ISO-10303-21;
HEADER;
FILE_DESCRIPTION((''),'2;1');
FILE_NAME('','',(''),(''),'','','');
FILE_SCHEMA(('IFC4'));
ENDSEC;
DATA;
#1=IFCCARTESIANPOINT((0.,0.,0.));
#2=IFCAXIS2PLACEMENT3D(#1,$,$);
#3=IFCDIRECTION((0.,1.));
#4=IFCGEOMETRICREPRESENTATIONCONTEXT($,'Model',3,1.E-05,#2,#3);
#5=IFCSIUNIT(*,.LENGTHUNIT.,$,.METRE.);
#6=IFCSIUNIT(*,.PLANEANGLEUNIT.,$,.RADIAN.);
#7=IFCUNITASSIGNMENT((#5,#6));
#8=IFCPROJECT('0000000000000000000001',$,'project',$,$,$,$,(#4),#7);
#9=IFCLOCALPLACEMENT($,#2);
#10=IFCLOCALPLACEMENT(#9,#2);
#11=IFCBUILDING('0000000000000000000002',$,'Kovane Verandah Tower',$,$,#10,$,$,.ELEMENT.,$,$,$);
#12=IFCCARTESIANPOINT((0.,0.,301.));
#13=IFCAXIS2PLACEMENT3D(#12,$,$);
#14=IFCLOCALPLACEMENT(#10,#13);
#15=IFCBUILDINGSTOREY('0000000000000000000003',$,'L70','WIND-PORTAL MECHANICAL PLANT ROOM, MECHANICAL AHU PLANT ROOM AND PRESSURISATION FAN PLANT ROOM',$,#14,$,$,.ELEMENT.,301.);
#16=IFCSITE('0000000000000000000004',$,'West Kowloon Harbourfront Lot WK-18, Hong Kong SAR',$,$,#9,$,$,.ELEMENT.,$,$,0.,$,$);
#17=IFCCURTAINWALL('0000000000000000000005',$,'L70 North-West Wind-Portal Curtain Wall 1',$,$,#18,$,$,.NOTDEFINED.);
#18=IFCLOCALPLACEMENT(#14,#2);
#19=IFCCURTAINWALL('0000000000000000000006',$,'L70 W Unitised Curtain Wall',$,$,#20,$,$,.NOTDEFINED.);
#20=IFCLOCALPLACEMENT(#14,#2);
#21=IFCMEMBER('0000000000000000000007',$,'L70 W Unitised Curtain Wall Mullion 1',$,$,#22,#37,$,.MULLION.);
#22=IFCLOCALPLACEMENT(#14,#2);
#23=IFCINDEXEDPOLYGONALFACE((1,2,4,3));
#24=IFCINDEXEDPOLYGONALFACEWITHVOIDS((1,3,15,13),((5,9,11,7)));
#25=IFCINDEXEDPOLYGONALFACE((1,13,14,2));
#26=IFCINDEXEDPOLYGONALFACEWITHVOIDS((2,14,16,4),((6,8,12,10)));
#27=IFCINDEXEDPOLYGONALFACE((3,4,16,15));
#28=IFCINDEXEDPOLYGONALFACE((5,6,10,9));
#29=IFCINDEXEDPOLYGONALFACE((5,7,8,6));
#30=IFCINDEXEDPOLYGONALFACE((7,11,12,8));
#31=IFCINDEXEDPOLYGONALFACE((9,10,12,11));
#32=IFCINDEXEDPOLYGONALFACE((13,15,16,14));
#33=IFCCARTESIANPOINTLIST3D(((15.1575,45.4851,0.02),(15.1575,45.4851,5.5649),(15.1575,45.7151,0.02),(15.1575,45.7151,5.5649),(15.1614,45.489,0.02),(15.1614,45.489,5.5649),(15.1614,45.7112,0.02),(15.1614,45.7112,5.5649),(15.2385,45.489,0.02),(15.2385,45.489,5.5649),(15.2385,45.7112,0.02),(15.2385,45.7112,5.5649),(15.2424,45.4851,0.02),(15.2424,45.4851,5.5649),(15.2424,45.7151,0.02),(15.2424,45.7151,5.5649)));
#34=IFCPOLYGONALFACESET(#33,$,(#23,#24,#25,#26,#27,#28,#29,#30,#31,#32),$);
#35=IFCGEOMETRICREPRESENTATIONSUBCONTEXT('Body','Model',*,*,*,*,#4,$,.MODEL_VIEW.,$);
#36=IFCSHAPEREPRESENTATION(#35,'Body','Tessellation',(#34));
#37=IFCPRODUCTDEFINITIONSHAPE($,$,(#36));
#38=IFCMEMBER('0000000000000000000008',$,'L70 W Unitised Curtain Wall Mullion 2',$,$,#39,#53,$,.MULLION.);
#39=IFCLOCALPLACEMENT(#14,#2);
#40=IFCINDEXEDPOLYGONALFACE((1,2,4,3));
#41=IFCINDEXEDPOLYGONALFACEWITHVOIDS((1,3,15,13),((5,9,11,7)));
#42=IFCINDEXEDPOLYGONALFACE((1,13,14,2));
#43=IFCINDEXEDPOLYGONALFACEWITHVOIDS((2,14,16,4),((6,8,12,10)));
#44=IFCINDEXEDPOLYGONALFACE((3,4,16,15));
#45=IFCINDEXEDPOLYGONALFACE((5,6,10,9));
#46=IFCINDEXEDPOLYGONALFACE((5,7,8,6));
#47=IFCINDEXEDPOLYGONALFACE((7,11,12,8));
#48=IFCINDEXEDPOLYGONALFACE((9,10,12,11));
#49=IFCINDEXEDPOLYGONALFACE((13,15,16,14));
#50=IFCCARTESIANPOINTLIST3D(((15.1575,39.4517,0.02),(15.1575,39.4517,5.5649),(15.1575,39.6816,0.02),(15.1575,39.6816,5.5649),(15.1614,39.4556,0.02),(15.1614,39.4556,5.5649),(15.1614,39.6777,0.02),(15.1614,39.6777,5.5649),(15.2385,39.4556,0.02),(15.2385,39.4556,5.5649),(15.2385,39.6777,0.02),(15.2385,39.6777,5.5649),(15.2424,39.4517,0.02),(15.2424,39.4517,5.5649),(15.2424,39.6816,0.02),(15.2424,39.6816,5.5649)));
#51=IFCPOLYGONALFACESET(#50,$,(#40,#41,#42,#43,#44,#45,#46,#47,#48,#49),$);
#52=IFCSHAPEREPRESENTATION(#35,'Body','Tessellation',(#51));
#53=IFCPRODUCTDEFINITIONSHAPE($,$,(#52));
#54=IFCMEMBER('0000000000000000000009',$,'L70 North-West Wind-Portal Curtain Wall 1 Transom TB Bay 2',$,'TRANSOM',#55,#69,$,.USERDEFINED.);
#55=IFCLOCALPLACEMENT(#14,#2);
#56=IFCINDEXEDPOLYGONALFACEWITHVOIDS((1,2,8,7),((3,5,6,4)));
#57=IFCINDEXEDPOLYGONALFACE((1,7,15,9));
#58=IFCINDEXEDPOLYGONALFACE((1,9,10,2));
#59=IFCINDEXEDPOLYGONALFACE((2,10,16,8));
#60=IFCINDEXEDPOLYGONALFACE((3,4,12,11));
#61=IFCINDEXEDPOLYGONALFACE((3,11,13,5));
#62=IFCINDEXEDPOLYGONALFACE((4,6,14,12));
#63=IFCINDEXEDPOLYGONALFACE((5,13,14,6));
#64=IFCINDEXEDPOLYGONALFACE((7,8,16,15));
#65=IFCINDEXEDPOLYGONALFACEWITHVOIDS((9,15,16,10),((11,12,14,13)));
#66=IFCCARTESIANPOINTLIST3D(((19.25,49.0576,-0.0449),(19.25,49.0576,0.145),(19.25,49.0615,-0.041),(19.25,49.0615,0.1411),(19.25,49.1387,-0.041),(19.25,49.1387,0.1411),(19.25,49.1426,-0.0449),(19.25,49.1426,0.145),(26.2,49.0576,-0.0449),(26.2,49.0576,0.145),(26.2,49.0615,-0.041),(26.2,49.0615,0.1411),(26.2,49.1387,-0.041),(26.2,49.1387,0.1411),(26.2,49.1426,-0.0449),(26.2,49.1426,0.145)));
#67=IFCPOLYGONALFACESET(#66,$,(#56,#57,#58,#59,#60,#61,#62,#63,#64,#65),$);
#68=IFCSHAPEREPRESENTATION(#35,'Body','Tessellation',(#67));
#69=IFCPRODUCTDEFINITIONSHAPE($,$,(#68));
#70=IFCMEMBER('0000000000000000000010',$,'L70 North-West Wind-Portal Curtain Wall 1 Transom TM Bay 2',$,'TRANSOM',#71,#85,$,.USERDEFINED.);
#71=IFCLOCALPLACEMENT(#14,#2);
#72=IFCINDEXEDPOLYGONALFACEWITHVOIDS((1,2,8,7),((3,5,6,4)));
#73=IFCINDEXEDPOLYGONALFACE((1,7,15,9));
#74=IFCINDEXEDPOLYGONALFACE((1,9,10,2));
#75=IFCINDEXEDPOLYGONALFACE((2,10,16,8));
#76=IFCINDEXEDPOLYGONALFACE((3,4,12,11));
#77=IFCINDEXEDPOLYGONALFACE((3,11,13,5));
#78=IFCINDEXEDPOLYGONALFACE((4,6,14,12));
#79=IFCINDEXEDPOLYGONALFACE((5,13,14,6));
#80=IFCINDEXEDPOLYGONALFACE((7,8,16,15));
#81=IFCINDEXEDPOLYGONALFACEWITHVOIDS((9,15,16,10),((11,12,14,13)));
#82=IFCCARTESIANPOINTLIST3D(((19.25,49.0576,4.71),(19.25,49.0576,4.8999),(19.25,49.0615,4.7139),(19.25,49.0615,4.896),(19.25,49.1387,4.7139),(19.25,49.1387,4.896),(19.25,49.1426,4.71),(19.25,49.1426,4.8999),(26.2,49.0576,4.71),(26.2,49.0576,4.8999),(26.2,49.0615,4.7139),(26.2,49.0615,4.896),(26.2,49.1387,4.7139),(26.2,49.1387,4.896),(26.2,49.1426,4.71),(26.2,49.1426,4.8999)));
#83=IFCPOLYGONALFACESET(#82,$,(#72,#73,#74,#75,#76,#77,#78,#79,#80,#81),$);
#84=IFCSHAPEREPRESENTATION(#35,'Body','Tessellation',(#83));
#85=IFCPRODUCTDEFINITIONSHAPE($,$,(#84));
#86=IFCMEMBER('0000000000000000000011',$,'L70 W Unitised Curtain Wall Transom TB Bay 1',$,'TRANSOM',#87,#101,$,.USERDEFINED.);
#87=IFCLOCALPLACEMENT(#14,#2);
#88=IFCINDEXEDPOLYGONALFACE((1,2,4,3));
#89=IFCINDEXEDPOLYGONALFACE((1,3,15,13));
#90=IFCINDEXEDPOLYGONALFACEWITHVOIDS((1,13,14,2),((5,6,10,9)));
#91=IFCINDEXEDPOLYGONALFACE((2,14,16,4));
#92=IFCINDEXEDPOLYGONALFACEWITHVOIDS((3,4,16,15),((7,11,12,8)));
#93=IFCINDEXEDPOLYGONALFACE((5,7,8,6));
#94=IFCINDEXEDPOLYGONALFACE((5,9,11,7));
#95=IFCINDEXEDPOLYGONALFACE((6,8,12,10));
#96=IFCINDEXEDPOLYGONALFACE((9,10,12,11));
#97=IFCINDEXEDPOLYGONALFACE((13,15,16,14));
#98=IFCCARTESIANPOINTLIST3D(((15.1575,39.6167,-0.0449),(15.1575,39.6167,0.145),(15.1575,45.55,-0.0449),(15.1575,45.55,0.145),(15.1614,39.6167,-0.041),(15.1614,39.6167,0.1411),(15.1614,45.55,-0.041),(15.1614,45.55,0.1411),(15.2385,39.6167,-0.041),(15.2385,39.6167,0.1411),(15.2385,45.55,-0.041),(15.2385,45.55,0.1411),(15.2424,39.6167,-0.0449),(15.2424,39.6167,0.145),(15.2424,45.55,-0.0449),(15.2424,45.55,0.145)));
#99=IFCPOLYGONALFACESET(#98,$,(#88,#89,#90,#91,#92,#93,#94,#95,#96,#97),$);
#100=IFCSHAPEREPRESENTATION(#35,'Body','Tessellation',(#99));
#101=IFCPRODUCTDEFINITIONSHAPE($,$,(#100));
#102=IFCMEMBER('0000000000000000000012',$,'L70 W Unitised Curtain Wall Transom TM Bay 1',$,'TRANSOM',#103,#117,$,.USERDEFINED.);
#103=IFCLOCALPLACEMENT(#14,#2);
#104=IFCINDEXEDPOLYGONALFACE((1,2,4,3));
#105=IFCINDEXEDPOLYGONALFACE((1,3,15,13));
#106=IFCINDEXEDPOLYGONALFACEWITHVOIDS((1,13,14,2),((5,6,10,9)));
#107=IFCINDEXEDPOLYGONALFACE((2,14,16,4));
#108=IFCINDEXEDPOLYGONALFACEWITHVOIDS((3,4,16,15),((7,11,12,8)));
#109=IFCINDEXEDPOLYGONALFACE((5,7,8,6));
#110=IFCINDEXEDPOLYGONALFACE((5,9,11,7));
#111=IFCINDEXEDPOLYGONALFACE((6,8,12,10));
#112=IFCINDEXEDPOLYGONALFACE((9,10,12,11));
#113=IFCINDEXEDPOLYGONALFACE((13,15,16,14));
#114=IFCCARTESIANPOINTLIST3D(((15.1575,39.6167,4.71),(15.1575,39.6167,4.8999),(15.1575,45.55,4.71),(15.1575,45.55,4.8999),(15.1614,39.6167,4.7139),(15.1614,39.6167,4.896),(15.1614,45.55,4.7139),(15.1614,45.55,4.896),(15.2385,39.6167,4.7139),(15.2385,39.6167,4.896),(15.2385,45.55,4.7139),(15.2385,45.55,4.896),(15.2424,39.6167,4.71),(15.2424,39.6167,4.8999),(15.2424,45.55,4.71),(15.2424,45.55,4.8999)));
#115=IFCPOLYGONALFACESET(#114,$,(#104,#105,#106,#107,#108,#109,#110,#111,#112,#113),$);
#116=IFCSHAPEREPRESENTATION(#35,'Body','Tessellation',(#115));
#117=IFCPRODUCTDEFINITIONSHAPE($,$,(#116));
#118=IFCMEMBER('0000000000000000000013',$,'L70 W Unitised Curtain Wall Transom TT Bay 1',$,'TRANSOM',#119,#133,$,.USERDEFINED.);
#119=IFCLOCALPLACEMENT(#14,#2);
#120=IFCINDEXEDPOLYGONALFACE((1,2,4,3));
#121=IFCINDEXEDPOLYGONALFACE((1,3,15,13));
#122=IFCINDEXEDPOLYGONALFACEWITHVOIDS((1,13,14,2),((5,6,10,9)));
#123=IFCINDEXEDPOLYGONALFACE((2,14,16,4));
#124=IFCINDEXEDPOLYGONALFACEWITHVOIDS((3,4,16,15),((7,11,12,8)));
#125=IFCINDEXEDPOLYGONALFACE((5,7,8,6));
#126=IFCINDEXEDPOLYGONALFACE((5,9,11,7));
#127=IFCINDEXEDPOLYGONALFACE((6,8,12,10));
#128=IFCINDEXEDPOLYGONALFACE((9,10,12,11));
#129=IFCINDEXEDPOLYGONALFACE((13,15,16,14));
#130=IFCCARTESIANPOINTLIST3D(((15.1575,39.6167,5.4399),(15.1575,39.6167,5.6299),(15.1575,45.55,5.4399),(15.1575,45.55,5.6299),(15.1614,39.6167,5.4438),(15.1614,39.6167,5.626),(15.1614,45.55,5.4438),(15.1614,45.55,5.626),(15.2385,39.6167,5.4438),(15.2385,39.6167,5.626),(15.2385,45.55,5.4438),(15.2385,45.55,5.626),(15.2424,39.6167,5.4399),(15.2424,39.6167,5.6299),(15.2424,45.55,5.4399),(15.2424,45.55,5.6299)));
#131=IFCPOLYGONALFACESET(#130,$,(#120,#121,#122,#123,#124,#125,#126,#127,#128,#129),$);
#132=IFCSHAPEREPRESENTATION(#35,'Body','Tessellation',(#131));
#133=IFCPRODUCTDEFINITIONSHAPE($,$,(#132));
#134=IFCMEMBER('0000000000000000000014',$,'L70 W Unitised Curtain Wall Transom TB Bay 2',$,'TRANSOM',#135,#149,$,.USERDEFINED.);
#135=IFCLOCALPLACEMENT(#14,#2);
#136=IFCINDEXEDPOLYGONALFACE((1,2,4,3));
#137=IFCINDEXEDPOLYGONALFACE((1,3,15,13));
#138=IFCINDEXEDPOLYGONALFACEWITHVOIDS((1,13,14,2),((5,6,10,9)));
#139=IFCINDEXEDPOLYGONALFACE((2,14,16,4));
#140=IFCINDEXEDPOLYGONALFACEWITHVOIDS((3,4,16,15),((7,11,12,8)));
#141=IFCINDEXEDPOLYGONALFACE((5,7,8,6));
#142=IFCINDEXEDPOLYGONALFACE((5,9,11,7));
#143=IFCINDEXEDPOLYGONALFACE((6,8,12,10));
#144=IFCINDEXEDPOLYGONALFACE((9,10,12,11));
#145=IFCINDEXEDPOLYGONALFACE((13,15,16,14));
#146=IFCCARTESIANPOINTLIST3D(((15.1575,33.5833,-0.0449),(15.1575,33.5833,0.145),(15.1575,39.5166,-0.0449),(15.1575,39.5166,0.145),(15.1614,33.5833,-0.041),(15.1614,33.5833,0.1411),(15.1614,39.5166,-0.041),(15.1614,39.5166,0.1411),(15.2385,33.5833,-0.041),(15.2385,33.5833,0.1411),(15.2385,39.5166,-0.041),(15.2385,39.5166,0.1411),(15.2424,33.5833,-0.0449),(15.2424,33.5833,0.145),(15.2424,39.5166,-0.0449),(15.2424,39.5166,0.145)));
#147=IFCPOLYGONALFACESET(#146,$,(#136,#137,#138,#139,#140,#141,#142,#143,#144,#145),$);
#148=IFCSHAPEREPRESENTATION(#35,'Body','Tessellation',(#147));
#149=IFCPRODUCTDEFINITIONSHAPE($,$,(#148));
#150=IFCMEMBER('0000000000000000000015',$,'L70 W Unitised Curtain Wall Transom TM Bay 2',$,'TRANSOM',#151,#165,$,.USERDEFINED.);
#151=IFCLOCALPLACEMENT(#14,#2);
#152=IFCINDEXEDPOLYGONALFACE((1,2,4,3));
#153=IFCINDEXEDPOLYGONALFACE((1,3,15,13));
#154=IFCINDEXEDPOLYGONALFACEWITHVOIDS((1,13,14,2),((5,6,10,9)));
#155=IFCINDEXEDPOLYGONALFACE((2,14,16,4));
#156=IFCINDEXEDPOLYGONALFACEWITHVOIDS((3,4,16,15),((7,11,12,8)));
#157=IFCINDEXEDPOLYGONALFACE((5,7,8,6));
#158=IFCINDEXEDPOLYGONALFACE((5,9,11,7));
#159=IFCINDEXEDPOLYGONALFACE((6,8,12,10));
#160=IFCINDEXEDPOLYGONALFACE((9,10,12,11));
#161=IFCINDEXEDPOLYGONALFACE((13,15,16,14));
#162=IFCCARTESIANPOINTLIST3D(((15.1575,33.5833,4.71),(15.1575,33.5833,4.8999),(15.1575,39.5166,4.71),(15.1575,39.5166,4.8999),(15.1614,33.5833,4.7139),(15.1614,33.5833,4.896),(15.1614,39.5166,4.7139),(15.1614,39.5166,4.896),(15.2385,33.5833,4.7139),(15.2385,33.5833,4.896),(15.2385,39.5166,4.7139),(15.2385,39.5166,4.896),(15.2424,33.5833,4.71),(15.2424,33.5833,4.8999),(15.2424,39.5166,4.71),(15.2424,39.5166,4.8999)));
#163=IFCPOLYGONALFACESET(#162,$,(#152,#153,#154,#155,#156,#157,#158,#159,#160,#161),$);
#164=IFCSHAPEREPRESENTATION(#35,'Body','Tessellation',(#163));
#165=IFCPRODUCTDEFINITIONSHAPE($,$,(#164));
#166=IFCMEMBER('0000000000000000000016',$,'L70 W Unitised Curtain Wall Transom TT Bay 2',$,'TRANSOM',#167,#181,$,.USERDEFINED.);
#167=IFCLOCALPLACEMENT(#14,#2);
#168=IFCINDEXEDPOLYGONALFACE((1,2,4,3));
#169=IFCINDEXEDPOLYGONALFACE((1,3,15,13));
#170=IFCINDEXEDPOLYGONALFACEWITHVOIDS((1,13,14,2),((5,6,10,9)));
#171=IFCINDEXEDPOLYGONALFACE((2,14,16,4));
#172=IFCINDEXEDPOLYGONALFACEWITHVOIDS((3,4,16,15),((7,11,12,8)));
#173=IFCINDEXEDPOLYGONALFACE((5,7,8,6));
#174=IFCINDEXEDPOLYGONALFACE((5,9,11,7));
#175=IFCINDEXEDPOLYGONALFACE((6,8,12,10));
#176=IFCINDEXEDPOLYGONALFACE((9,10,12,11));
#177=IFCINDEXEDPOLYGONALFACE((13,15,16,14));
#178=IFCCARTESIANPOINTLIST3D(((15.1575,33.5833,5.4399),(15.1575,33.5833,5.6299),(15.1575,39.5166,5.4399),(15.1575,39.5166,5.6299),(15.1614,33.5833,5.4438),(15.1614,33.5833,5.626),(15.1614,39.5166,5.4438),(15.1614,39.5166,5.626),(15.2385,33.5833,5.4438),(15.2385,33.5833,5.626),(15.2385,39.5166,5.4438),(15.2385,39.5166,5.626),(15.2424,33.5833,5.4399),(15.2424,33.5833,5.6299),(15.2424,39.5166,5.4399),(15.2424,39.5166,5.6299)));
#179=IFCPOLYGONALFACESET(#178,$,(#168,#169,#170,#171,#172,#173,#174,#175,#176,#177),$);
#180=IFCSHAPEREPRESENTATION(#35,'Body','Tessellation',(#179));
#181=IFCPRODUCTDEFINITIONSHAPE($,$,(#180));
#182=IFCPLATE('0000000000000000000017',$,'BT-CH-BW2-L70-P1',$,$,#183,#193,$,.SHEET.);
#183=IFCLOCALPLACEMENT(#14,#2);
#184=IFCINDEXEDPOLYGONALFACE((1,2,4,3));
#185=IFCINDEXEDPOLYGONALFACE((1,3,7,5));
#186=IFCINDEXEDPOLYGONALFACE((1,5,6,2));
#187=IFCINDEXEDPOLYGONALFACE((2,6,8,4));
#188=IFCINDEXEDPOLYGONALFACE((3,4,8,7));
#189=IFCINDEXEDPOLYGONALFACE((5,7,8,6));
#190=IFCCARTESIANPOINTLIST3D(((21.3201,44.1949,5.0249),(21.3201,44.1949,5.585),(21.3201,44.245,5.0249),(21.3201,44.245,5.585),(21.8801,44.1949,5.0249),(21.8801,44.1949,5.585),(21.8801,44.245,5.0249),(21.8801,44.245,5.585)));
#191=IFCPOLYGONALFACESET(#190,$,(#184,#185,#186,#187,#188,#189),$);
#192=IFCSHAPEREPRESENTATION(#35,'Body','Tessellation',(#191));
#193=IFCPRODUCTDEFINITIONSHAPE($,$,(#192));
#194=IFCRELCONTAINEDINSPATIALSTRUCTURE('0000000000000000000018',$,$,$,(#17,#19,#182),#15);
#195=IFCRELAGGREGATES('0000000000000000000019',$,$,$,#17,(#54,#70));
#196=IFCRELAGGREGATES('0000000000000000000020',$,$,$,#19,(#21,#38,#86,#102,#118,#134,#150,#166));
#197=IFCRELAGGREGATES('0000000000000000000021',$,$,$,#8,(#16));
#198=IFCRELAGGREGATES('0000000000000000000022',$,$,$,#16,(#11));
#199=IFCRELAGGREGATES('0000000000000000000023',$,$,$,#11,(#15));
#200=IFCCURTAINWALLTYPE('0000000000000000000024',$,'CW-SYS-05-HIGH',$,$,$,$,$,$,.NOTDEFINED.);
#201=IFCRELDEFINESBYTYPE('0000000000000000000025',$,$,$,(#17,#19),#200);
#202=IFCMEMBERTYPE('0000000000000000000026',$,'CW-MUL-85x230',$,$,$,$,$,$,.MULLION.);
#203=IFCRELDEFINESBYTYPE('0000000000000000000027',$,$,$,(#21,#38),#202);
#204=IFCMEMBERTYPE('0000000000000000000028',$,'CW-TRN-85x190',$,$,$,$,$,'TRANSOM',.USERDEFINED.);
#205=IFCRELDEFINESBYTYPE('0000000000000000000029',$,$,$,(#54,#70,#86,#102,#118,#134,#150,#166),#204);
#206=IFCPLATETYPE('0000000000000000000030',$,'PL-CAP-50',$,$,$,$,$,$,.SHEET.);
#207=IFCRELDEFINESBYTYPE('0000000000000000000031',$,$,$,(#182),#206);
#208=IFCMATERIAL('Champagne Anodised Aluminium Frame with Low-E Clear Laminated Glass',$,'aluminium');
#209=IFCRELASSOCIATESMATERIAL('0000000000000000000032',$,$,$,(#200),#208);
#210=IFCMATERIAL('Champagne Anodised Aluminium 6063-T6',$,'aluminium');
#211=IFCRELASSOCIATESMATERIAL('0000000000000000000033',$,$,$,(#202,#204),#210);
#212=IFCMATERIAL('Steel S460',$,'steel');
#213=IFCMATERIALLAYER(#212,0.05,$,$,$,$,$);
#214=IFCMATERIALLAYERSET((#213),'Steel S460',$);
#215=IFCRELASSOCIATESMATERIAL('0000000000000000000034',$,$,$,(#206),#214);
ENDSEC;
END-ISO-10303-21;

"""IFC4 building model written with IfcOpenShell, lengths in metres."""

from ifc_helpers import new_model, si_unit, direction, frame, origin, origin_2d, place, context, subcontext, project, spatial, rectangle, hollow_rectangle, extrude, material, layer, layer_set, material_profile, profile_set, type_object, element, aggregate, save


model = new_model("IFC4")

# Units and contexts
model_context = context("Model", 3, precision=1e-05, world=origin(), true_north=direction((0.0, 1.0)))
body_context = subcontext(model_context, "Body", "Model", "MODEL_VIEW")
ifc_project = project(units=[si_unit("LENGTHUNIT", "METRE"), si_unit("PLANEANGLEUNIT", "RADIAN")], contexts=[model_context])

# Site, building, storey
site_placement = place(None, origin())
site = spatial("IfcSite", under=ifc_project, at=site_placement, Name="West Kowloon Harbourfront Lot WK-18, Hong Kong SAR", CompositionType="ELEMENT", RefElevation=0.0)
building_placement = place(site_placement, origin())
building = spatial("IfcBuilding", under=site, at=building_placement, Name="Kovane Verandah Tower", CompositionType="ELEMENT")
storey_placement = place(building_placement, frame((0.0, 0.0, 301.0)))
storey = spatial("IfcBuildingStorey", under=building, at=storey_placement, Name="L70", Description="WIND-PORTAL MECHANICAL PLANT ROOM, MECHANICAL AHU PLANT ROOM AND PRESSURISATION FAN PLANT ROOM", CompositionType="ELEMENT", Elevation=301.0)

# Shared definitions
ifc_material_1 = material(Name="Steel S460", Category="steel")

# Curtain wall
ifc_material_2 = material(Name="Champagne Anodised Aluminium Frame with Low-E Clear Laminated Glass", Category="aluminium")
curtain_wall_type = type_object("IfcCurtainWallType", Name="CW-SYS-05-HIGH", PredefinedType="NOTDEFINED", material=ifc_material_2)
curtain_wall_1_placement = place(storey_placement, origin())
curtain_wall_1 = element("IfcCurtainWall", 1, at=curtain_wall_1_placement, inside=storey, type_object=curtain_wall_type, Name="L70 North-West Wind-Portal Curtain Wall 1", PredefinedType="NOTDEFINED")
ifc_material_3 = material(Name="Champagne Anodised Aluminium 6063-T6", Category="aluminium")
ifc_material_profile_1 = material_profile(ifc_material_3, hollow_rectangle(XDim=0.085, YDim=0.23, WallThickness=0.0039, at=origin_2d()), Name="AL85x230x4")
ifc_profile_set_1 = profile_set([ifc_material_profile_1], Name="Champagne Anodised Aluminium 6063-T6")
member_type_1 = type_object("IfcMemberType", Name="CW-MUL-85x230", PredefinedType="MULLION", material=ifc_profile_set_1)

# Curtain wall, members
curtain_wall_2_placement = place(storey_placement, origin())
curtain_wall_2 = element("IfcCurtainWall", 2, at=curtain_wall_2_placement, inside=storey, type_object=curtain_wall_type, Name="L70 W Unitised Curtain Wall", PredefinedType="NOTDEFINED")
member_1_placement = place(storey_placement, frame((15.2, 45.6001, 0.02), z_axis=(0.0, 0.0, 1.0), x_axis=(-1.0, 0.0, 0.0)))
member_1 = element("IfcMember", 3, at=member_1_placement, type_object=member_type_1, Name="L70 W Unitised Curtain Wall Mullion 1", PredefinedType="MULLION", context=body_context, shape_type="SweptSolid", body=[
    extrude(hollow_rectangle(XDim=0.085, YDim=0.23, WallThickness=0.0039, at=origin_2d()), origin(), (0.0, 0.0, 1.0), 5.5449),
])
member_2_placement = place(storey_placement, frame((15.2, 39.5667, 0.02), z_axis=(0.0, 0.0, 1.0), x_axis=(-1.0, 0.0, 0.0)))
member_2 = element("IfcMember", 4, at=member_2_placement, type_object=member_type_1, Name="L70 W Unitised Curtain Wall Mullion 2", PredefinedType="MULLION", context=body_context, shape_type="SweptSolid", body=[
    extrude(hollow_rectangle(XDim=0.085, YDim=0.23, WallThickness=0.0039, at=origin_2d()), origin(), (0.0, 0.0, 1.0), 5.5449),
])

# Members
ifc_material_profile_2 = material_profile(ifc_material_3, hollow_rectangle(XDim=0.085, YDim=0.1899, WallThickness=0.0039, at=origin_2d()), Name="AL85x190x4")
ifc_profile_set_2 = profile_set([ifc_material_profile_2], Name="Champagne Anodised Aluminium 6063-T6")
member_type_2 = type_object("IfcMemberType", Name="CW-TRN-85x190", ElementType="TRANSOM", PredefinedType="USERDEFINED", material=ifc_profile_set_2)
member_3_placement = place(storey_placement, frame((26.2, 49.1001, 0.05), z_axis=(-1.0, 0.0, 0.0), x_axis=(0.0, -1.0, 0.0)))
member_3 = element("IfcMember", 5, at=member_3_placement, type_object=member_type_2, Name="L70 North-West Wind-Portal Curtain Wall 1 Transom TB Bay 2", ObjectType="TRANSOM", PredefinedType="USERDEFINED", context=body_context, shape_type="SweptSolid", body=[
    extrude(hollow_rectangle(XDim=0.085, YDim=0.1899, WallThickness=0.0039, at=origin_2d()), origin(), (0.0, 0.0, 1.0), 6.95),
])
member_4_placement = place(storey_placement, frame((26.2, 49.1001, 4.8049), z_axis=(-1.0, 0.0, 0.0), x_axis=(0.0, -1.0, 0.0)))
member_4 = element("IfcMember", 6, at=member_4_placement, type_object=member_type_2, Name="L70 North-West Wind-Portal Curtain Wall 1 Transom TM Bay 2", ObjectType="TRANSOM", PredefinedType="USERDEFINED", context=body_context, shape_type="SweptSolid", body=[
    extrude(hollow_rectangle(XDim=0.085, YDim=0.1899, WallThickness=0.0039, at=origin_2d()), origin(), (0.0, 0.0, 1.0), 6.95),
])
member_5_placement = place(storey_placement, frame((15.2, 45.55, 0.05), z_axis=(0.0, -1.0, 0.0), x_axis=(1.0, 0.0, 0.0)))
member_5 = element("IfcMember", 7, at=member_5_placement, type_object=member_type_2, Name="L70 W Unitised Curtain Wall Transom TB Bay 1", ObjectType="TRANSOM", PredefinedType="USERDEFINED", context=body_context, shape_type="SweptSolid", body=[
    extrude(hollow_rectangle(XDim=0.085, YDim=0.1899, WallThickness=0.0039, at=origin_2d()), origin(), (0.0, 0.0, 1.0), 5.9333),
])
member_6_placement = place(storey_placement, frame((15.2, 45.55, 4.8049), z_axis=(0.0, -1.0, 0.0), x_axis=(1.0, 0.0, 0.0)))
member_6 = element("IfcMember", 8, at=member_6_placement, type_object=member_type_2, Name="L70 W Unitised Curtain Wall Transom TM Bay 1", ObjectType="TRANSOM", PredefinedType="USERDEFINED", context=body_context, shape_type="SweptSolid", body=[
    extrude(hollow_rectangle(XDim=0.085, YDim=0.1899, WallThickness=0.0039, at=origin_2d()), origin(), (0.0, 0.0, 1.0), 5.9333),
])
member_7_placement = place(storey_placement, frame((15.2, 45.55, 5.5349), z_axis=(0.0, -1.0, 0.0), x_axis=(1.0, 0.0, 0.0)))
member_7 = element("IfcMember", 9, at=member_7_placement, type_object=member_type_2, Name="L70 W Unitised Curtain Wall Transom TT Bay 1", ObjectType="TRANSOM", PredefinedType="USERDEFINED", context=body_context, shape_type="SweptSolid", body=[
    extrude(hollow_rectangle(XDim=0.085, YDim=0.1899, WallThickness=0.0039, at=origin_2d()), origin(), (0.0, 0.0, 1.0), 5.9333),
])
member_8_placement = place(storey_placement, frame((15.2, 39.5166, 0.05), z_axis=(0.0, -1.0, 0.0), x_axis=(1.0, 0.0, 0.0)))
member_8 = element("IfcMember", 10, at=member_8_placement, type_object=member_type_2, Name="L70 W Unitised Curtain Wall Transom TB Bay 2", ObjectType="TRANSOM", PredefinedType="USERDEFINED", context=body_context, shape_type="SweptSolid", body=[
    extrude(hollow_rectangle(XDim=0.085, YDim=0.1899, WallThickness=0.0039, at=origin_2d()), origin(), (0.0, 0.0, 1.0), 5.9333),
])
member_9_placement = place(storey_placement, frame((15.2, 39.5166, 4.8049), z_axis=(0.0, -1.0, 0.0), x_axis=(1.0, 0.0, 0.0)))
member_9 = element("IfcMember", 11, at=member_9_placement, type_object=member_type_2, Name="L70 W Unitised Curtain Wall Transom TM Bay 2", ObjectType="TRANSOM", PredefinedType="USERDEFINED", context=body_context, shape_type="SweptSolid", body=[
    extrude(hollow_rectangle(XDim=0.085, YDim=0.1899, WallThickness=0.0039, at=origin_2d()), origin(), (0.0, 0.0, 1.0), 5.9333),
])
member_10_placement = place(storey_placement, frame((15.2, 39.5166, 5.5349), z_axis=(0.0, -1.0, 0.0), x_axis=(1.0, 0.0, 0.0)))
member_10 = element("IfcMember", 12, at=member_10_placement, type_object=member_type_2, Name="L70 W Unitised Curtain Wall Transom TT Bay 2", ObjectType="TRANSOM", PredefinedType="USERDEFINED", context=body_context, shape_type="SweptSolid", body=[
    extrude(hollow_rectangle(XDim=0.085, YDim=0.1899, WallThickness=0.0039, at=origin_2d()), origin(), (0.0, 0.0, 1.0), 5.9333),
])

# Plate
ifc_layer_1 = layer(ifc_material_1, 0.05)
ifc_layer_set_1 = layer_set([ifc_layer_1], Name="Steel S460")
plate_type_1 = type_object("IfcPlateType", Name="PL-CAP-50", PredefinedType="SHEET", material=ifc_layer_set_1)
plate_1_placement = place(storey_placement, frame((21.6001, 44.22, 5.0249), z_axis=(0.0, 0.0, 1.0), x_axis=(0.0, 1.0, 0.0)))
element("IfcPlate", 13, at=plate_1_placement, inside=storey, type_object=plate_type_1, Name="BT-CH-BW2-L70-P1", PredefinedType="SHEET", context=body_context, shape_type="SweptSolid", body=[
    extrude(rectangle(XDim=0.05, YDim=0.5601, at=origin_2d()), origin(), (0.0, 0.0, 1.0), 0.5601),
])
aggregate(curtain_wall_1, [member_3, member_4])
aggregate(curtain_wall_2, [member_1, member_2, member_5, member_6, member_7, member_8, member_9, member_10])

save(model, "model.ifc")
